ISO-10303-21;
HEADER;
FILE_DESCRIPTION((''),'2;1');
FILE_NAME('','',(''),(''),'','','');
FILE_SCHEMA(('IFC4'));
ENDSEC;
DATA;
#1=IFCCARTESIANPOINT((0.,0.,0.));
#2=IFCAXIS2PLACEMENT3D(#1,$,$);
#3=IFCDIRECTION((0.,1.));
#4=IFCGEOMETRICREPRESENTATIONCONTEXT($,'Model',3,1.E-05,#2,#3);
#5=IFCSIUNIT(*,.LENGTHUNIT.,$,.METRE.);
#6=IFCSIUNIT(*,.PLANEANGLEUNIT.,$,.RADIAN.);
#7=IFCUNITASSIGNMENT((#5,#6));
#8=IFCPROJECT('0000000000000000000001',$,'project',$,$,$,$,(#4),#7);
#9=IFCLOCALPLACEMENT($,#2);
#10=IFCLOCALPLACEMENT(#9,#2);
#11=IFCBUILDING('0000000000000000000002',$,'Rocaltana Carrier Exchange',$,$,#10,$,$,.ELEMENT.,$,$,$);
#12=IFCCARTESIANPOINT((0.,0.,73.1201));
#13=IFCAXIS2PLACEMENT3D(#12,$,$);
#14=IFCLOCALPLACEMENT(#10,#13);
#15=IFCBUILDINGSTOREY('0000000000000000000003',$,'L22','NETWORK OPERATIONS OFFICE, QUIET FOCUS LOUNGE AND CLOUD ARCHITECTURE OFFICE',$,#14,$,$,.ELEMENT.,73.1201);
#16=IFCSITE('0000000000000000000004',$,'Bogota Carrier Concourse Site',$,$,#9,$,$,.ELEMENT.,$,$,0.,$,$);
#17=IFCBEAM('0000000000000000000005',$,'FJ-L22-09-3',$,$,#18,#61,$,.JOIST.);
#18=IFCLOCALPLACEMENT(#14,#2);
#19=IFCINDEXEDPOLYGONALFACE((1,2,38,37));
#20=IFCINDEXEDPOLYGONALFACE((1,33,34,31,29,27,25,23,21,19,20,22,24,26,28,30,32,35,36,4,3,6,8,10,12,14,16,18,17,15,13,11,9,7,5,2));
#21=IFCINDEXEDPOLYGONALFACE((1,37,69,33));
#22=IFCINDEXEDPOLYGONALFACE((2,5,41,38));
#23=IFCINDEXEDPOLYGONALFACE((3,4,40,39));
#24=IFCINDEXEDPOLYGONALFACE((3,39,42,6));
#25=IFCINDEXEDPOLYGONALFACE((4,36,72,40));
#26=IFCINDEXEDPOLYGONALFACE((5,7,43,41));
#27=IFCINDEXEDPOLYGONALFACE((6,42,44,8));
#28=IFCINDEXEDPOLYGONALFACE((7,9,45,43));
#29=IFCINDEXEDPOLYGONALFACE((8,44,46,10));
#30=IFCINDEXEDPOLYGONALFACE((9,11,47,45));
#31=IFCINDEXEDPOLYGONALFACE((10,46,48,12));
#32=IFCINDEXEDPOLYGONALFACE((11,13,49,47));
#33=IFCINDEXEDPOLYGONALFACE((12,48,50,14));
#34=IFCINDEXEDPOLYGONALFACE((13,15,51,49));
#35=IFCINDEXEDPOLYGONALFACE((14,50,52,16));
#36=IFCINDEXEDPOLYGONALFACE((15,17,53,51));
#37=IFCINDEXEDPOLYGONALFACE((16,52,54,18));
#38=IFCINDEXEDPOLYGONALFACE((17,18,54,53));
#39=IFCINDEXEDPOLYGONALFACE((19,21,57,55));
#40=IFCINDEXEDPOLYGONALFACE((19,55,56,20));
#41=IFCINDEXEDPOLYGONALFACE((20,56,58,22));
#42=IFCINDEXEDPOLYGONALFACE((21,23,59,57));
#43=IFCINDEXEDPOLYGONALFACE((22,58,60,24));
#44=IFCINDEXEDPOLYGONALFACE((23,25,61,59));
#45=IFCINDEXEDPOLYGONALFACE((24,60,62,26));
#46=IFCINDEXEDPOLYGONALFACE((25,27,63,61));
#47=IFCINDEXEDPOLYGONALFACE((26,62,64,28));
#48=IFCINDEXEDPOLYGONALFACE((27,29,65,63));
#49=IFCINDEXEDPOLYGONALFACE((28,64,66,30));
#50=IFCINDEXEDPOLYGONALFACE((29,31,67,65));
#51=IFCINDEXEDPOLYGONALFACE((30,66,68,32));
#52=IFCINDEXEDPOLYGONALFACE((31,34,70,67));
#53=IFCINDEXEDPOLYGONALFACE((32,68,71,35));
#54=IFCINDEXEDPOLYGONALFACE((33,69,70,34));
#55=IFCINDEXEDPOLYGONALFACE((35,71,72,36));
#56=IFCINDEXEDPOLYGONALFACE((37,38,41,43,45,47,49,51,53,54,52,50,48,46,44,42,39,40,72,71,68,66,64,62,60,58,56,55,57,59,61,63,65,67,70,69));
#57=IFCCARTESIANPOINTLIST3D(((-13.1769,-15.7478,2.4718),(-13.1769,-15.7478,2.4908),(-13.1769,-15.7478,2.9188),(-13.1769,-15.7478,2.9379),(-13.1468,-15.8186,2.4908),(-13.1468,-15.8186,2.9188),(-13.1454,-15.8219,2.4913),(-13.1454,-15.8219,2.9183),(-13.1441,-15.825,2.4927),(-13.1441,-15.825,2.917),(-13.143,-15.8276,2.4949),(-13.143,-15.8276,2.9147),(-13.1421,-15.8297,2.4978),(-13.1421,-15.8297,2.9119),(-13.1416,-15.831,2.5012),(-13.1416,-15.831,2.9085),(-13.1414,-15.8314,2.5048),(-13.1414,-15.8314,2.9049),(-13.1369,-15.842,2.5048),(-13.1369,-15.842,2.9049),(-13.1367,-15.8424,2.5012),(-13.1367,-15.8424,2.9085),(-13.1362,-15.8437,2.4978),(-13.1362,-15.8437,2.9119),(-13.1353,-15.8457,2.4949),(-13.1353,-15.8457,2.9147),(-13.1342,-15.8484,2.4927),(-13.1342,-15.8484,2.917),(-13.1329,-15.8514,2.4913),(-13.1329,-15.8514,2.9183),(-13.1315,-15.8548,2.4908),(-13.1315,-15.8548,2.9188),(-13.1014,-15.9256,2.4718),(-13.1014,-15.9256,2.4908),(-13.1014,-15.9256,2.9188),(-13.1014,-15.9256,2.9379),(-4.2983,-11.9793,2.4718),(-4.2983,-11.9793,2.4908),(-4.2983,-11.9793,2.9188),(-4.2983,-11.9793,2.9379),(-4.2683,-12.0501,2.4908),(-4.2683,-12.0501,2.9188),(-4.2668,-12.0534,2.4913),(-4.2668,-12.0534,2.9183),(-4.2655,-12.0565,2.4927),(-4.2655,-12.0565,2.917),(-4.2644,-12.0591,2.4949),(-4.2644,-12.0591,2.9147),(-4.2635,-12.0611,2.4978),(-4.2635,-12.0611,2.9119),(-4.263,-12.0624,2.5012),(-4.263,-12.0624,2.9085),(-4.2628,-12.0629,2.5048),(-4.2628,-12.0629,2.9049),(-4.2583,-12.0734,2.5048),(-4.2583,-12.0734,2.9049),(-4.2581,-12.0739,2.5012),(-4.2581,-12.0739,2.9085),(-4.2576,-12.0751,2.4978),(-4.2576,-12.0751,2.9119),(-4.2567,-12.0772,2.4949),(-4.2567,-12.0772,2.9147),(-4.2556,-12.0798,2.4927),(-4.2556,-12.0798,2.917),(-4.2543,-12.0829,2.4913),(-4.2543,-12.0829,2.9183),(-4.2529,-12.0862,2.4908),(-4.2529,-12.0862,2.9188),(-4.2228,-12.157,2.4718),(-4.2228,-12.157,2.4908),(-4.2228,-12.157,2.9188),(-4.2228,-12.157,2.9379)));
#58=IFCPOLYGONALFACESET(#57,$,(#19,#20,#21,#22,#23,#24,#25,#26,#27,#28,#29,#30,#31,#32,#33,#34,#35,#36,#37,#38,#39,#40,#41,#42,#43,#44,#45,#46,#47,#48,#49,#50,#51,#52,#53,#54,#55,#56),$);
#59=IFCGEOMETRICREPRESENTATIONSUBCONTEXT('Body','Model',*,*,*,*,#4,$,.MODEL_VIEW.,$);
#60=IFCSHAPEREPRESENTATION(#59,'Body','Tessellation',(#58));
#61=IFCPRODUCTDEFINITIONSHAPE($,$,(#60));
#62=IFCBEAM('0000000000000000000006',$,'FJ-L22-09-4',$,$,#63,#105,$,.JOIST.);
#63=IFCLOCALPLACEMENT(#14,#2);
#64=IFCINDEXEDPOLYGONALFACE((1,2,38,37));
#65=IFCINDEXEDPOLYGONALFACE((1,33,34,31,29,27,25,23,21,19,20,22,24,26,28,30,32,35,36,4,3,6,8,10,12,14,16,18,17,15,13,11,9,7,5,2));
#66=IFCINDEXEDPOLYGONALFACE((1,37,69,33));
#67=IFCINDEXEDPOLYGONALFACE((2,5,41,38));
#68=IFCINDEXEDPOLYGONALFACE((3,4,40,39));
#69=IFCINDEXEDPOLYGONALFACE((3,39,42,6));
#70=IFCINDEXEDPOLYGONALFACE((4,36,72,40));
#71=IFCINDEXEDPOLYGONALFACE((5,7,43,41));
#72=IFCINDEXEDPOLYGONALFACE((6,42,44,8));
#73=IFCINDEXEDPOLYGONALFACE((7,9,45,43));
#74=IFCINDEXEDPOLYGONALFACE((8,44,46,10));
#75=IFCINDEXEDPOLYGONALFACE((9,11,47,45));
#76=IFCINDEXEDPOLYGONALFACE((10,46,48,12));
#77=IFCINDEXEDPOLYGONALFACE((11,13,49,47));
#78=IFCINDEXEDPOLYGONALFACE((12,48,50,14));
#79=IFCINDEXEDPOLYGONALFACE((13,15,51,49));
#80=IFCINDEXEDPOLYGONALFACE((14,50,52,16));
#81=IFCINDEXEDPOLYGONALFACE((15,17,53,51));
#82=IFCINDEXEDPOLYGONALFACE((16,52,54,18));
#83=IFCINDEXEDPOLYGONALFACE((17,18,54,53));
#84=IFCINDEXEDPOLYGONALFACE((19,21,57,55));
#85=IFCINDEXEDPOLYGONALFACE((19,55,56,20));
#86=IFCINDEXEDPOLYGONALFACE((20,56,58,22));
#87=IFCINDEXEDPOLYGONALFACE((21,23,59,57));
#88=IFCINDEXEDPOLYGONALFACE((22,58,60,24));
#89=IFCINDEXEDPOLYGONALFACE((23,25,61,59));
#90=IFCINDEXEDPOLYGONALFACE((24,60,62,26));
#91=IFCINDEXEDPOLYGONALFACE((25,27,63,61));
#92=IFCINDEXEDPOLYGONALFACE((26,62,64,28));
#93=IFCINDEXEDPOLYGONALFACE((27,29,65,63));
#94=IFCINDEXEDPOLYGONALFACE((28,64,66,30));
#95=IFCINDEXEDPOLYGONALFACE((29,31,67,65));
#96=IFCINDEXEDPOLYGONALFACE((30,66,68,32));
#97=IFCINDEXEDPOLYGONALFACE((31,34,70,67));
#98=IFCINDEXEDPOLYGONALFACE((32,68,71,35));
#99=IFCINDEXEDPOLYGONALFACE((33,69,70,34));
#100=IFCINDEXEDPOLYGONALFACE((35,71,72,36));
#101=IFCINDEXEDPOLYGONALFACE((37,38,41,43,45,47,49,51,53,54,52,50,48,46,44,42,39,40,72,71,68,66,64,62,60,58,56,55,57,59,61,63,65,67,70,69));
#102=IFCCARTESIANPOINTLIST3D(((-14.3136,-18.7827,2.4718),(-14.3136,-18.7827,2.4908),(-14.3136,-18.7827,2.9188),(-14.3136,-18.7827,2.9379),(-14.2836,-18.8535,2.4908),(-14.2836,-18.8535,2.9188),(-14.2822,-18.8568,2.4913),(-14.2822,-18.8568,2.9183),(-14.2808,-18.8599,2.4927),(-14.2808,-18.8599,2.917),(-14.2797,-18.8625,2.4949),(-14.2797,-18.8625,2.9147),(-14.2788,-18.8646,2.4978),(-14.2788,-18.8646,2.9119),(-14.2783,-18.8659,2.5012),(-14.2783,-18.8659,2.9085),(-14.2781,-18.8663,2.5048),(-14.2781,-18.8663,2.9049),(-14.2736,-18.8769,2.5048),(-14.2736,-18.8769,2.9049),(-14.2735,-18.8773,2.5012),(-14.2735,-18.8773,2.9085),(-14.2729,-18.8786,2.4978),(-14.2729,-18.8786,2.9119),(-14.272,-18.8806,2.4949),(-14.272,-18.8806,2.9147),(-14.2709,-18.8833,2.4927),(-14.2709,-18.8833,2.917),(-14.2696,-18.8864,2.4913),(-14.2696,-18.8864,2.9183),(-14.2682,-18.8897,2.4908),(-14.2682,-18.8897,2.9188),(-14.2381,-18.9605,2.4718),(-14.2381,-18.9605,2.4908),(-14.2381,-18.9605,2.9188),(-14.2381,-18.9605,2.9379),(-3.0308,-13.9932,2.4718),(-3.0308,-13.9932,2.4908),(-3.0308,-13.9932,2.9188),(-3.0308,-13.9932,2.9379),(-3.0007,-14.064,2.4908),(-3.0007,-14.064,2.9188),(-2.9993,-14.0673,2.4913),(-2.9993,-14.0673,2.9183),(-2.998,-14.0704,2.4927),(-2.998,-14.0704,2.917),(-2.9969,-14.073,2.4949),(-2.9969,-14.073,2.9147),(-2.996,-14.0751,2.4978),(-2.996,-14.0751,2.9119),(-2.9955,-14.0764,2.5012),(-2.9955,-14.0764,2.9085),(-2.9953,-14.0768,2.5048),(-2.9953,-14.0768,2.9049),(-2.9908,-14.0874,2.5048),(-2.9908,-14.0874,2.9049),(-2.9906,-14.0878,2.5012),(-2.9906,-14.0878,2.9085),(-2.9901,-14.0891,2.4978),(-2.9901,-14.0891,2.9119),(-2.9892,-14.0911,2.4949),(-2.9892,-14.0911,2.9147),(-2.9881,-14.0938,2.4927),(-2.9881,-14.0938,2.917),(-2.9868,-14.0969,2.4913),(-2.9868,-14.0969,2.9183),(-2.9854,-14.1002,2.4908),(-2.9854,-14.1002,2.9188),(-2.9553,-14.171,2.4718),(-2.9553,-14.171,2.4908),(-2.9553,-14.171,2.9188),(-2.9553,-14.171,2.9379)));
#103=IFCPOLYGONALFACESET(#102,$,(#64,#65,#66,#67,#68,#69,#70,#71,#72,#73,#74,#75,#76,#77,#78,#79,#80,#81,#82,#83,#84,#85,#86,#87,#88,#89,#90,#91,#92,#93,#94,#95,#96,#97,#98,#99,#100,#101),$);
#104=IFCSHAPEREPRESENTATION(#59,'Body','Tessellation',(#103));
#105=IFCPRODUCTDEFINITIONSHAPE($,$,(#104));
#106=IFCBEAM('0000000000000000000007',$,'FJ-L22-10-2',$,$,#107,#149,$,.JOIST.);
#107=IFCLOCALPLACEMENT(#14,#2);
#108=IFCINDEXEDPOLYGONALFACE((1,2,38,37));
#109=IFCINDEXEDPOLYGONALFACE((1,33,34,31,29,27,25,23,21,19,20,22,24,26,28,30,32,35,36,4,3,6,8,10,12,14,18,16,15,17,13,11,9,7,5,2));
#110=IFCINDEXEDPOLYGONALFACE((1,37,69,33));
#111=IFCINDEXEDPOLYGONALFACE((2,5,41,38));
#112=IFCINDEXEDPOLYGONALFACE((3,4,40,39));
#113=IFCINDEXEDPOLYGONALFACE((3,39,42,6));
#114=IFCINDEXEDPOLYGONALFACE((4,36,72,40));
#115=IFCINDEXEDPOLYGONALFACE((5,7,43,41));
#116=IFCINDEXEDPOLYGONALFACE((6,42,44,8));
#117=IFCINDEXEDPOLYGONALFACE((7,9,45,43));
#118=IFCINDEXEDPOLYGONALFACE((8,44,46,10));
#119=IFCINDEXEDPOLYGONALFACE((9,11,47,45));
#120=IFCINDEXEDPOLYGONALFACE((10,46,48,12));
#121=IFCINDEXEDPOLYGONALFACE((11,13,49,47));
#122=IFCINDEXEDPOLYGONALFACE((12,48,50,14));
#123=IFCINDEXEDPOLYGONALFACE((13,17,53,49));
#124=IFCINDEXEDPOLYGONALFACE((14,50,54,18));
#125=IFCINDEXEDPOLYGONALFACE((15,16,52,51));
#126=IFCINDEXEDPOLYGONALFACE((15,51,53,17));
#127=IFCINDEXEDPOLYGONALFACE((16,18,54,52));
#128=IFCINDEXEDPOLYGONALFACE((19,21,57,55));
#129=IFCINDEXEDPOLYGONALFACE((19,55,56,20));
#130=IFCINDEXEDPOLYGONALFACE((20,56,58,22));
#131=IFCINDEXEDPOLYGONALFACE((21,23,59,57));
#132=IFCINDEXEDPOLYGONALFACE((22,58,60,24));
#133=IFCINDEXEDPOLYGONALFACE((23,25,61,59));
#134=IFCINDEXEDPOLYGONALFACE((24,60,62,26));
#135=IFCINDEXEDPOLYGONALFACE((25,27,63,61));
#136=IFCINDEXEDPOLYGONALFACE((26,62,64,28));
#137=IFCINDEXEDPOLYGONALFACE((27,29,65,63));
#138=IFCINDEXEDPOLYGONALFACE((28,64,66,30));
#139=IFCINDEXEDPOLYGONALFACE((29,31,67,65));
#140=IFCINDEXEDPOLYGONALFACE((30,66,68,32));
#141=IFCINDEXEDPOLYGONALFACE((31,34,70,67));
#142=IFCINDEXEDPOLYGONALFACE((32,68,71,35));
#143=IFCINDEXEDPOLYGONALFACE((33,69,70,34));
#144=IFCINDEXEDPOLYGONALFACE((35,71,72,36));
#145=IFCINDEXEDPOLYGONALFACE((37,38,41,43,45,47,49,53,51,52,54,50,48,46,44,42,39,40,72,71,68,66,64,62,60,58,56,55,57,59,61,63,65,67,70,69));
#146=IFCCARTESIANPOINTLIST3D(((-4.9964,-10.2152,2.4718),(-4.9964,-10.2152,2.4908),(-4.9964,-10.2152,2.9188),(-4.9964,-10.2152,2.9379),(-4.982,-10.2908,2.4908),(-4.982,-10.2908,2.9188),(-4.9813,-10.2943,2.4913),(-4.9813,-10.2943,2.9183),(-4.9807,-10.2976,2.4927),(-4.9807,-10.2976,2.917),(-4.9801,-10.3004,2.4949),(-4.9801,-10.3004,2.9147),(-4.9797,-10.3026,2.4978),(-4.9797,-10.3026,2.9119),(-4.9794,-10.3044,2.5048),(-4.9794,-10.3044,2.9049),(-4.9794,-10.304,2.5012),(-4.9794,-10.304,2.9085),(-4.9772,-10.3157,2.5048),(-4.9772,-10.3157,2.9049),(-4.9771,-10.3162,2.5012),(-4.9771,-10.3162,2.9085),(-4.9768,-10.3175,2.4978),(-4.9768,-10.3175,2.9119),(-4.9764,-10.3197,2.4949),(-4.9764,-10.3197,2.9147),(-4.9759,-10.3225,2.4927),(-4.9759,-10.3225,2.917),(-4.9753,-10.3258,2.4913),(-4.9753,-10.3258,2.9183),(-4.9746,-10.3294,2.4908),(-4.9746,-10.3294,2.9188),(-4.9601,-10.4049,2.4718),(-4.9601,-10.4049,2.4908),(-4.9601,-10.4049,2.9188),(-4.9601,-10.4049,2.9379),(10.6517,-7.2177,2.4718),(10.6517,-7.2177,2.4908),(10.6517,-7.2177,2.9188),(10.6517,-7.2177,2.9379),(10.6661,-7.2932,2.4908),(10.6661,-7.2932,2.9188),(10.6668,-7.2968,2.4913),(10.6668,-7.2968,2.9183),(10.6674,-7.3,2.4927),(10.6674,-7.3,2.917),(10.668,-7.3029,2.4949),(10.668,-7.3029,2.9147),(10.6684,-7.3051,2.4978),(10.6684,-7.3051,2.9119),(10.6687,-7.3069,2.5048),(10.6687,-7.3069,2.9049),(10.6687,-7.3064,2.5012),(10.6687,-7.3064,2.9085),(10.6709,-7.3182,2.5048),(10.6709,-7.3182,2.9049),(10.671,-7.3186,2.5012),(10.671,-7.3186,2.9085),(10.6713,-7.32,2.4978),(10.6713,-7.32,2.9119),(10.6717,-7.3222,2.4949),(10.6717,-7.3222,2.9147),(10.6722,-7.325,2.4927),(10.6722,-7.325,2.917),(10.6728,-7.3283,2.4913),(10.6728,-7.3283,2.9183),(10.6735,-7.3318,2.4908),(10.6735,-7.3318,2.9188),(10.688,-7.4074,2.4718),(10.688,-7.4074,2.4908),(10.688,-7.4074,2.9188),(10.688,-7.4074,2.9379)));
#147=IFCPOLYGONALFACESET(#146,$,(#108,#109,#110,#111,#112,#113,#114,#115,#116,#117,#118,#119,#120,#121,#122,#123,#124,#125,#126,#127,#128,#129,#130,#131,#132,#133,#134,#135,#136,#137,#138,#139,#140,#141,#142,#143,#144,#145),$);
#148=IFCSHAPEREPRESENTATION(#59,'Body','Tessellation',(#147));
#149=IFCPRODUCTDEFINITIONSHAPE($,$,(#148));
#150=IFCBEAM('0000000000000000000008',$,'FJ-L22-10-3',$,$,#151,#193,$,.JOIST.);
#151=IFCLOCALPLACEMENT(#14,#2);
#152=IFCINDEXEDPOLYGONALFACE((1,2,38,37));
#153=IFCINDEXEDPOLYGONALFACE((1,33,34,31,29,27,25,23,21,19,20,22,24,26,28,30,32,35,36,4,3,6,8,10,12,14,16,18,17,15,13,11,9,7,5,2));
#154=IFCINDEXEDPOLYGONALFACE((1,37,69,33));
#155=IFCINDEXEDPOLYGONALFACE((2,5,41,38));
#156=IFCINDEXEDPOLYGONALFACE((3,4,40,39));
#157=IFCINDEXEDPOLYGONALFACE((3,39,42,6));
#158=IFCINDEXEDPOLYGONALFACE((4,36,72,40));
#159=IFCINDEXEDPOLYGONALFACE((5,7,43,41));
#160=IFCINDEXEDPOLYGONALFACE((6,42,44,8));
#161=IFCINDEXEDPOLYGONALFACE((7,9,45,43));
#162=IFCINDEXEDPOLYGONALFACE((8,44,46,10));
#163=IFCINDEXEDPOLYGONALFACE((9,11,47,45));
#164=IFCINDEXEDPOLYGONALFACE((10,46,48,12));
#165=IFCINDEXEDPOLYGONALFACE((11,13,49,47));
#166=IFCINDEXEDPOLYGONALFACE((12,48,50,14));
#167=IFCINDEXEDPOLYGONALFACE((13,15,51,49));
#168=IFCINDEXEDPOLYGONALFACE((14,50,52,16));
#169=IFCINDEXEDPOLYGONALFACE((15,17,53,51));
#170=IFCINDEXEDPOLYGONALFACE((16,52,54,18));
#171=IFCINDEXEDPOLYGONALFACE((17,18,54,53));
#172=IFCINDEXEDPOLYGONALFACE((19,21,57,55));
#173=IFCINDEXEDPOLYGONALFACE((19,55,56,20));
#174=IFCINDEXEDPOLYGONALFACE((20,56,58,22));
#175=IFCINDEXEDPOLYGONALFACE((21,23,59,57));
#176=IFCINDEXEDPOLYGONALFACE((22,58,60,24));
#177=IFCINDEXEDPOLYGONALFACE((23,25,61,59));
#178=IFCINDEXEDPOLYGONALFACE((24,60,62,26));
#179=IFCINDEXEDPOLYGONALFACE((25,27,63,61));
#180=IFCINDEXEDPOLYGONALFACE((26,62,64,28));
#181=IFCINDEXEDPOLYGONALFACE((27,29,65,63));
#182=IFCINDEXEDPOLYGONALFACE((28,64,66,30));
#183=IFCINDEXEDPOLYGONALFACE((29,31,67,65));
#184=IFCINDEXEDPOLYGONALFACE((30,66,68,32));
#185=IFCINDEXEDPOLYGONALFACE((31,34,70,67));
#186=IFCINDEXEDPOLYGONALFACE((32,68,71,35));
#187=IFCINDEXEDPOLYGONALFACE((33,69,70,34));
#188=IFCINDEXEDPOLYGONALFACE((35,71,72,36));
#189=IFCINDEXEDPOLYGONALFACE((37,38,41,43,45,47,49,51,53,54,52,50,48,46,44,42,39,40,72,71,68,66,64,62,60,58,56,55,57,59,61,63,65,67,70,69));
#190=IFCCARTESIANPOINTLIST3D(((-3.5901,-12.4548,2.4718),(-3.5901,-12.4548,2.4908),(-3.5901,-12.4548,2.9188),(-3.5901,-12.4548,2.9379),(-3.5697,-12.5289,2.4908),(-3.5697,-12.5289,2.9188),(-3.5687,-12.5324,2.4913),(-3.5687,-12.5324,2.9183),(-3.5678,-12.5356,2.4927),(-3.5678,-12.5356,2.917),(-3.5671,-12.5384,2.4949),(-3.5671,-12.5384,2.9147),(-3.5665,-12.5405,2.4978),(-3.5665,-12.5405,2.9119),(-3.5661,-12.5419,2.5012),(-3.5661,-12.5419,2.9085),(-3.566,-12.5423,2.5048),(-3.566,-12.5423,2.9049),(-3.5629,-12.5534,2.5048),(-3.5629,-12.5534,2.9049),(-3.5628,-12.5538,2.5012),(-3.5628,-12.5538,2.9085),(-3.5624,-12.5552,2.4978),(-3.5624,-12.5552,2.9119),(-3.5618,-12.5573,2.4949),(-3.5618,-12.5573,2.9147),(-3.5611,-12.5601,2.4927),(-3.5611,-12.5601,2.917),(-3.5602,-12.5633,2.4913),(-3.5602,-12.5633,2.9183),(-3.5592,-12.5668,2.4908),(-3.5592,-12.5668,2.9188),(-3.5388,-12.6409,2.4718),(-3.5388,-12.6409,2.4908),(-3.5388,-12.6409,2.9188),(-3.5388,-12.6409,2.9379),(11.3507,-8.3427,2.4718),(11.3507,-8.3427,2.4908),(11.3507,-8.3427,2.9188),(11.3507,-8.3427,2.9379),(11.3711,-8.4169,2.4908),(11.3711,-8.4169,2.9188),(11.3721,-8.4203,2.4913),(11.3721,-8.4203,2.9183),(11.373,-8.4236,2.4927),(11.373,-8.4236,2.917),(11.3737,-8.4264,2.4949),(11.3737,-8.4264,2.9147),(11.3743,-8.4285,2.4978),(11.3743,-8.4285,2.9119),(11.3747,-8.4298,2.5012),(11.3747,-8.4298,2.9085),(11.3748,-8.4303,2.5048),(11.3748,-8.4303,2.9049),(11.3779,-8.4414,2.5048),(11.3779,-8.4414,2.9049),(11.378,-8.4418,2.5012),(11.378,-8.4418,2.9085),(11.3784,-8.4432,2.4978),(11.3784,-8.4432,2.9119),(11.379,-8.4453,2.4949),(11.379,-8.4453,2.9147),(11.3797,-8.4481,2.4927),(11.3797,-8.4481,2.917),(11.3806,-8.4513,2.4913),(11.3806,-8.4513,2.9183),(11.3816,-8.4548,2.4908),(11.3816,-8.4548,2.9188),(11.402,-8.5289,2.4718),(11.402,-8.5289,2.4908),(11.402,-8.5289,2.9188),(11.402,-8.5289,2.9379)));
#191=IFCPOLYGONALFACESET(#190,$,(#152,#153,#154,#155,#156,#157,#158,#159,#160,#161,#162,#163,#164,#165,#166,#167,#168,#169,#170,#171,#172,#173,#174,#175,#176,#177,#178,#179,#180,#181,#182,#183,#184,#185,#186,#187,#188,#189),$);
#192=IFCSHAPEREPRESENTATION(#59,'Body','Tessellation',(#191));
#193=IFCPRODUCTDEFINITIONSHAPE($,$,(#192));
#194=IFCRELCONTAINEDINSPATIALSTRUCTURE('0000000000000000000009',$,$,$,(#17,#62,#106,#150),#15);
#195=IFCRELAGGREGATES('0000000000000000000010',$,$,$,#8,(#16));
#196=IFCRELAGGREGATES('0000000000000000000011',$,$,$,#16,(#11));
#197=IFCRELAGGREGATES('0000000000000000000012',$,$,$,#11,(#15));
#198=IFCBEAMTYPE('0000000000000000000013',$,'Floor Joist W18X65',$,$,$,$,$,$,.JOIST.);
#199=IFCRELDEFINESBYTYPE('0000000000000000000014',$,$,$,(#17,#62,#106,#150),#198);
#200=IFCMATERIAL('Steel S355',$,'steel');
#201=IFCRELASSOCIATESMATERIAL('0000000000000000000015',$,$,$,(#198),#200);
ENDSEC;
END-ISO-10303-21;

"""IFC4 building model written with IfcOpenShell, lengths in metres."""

from ifc_helpers import new_model, si_unit, direction, frame, origin, origin_2d, place, context, subcontext, project, spatial, i_section, extrude, material, material_profile, profile_set, type_object, element, save


model = new_model("IFC4")

# Units and contexts
model_context = context("Model", 3, precision=1e-05, world=origin(), true_north=direction((0.0, 1.0)))
body_context = subcontext(model_context, "Body", "Model", "MODEL_VIEW")
ifc_project = project(units=[si_unit("LENGTHUNIT", "METRE"), si_unit("PLANEANGLEUNIT", "RADIAN")], contexts=[model_context])

# Site, building, storey
site_placement = place(None, origin())
site = spatial("IfcSite", under=ifc_project, at=site_placement, Name="Bogota Carrier Concourse Site", CompositionType="ELEMENT", RefElevation=0.0)
building_placement = place(site_placement, origin())
building = spatial("IfcBuilding", under=site, at=building_placement, Name="Rocaltana Carrier Exchange", CompositionType="ELEMENT")
storey_placement = place(building_placement, frame((0.0, 0.0, 73.1201)))
storey = spatial("IfcBuildingStorey", under=building, at=storey_placement, Name="L22", Description="NETWORK OPERATIONS OFFICE, QUIET FOCUS LOUNGE AND CLOUD ARCHITECTURE OFFICE", CompositionType="ELEMENT", Elevation=73.1201)

# Beams
ifc_material_1 = material(Name="Steel S355", Category="steel")
ifc_material_profile_1 = material_profile(ifc_material_1, i_section(OverallWidth=0.1931, OverallDepth=0.4661, WebThickness=0.0115, FlangeThickness=0.019, FilletRadius=0.0139, at=origin_2d()), Name="W18X65")
ifc_profile_set_1 = profile_set([ifc_material_profile_1], Name="Steel S355")
beam_type = type_object("IfcBeamType", Name="Floor Joist W18X65", PredefinedType="JOIST", material=ifc_profile_set_1)
beam_1_placement = place(storey_placement, frame((-13.1392, -15.8367, 2.7048), z_axis=(0.920513, 0.390712, 0.0), x_axis=(-0.390712, 0.920513, 0.0)))
element("IfcBeam", 1, at=beam_1_placement, inside=storey, type_object=beam_type, Name="FJ-L22-09-3", PredefinedType="JOIST", context=body_context, shape_type="SweptSolid", body=[
    extrude(i_section(OverallWidth=0.1931, OverallDepth=0.4661, WebThickness=0.0115, FlangeThickness=0.019, FilletRadius=0.0139, at=origin_2d()), origin(), (0.0, 0.0, 1.0), 9.6453),
])
beam_2_placement = place(storey_placement, frame((-14.2759, -18.8716, 2.7048), z_axis=(0.920498, 0.390746, 0.0), x_axis=(-0.390746, 0.920498, 0.0)))
element("IfcBeam", 2, at=beam_2_placement, inside=storey, type_object=beam_type, Name="FJ-L22-09-4", PredefinedType="JOIST", context=body_context, shape_type="SweptSolid", body=[
    extrude(i_section(OverallWidth=0.1931, OverallDepth=0.4661, WebThickness=0.0115, FlangeThickness=0.019, FilletRadius=0.0139, at=origin_2d()), origin(), (0.0, 0.0, 1.0), 12.2573),
])
beam_3_placement = place(storey_placement, frame((-4.9783, -10.3101, 2.7048), z_axis=(0.982142, 0.188139, 0.0), x_axis=(-0.188139, 0.982142, 0.0)))
element("IfcBeam", 3, at=beam_3_placement, inside=storey, type_object=beam_type, Name="FJ-L22-10-2", PredefinedType="JOIST", context=body_context, shape_type="SweptSolid", body=[
    extrude(i_section(OverallWidth=0.1931, OverallDepth=0.4661, WebThickness=0.0115, FlangeThickness=0.019, FilletRadius=0.0139, at=origin_2d()), origin(), (0.0, 0.0, 1.0), 15.9326),
])
beam_4_placement = place(storey_placement, frame((-3.5645, -12.5479, 2.7048), z_axis=(0.964151, 0.265355, 0.0), x_axis=(-0.265355, 0.964151, 0.0)))
element("IfcBeam", 4, at=beam_4_placement, inside=storey, type_object=beam_type, Name="FJ-L22-10-3", PredefinedType="JOIST", context=body_context, shape_type="SweptSolid", body=[
    extrude(i_section(OverallWidth=0.1931, OverallDepth=0.4661, WebThickness=0.0115, FlangeThickness=0.019, FilletRadius=0.0139, at=origin_2d()), origin(), (0.0, 0.0, 1.0), 15.4963),
])

save(model, "model.ifc")
